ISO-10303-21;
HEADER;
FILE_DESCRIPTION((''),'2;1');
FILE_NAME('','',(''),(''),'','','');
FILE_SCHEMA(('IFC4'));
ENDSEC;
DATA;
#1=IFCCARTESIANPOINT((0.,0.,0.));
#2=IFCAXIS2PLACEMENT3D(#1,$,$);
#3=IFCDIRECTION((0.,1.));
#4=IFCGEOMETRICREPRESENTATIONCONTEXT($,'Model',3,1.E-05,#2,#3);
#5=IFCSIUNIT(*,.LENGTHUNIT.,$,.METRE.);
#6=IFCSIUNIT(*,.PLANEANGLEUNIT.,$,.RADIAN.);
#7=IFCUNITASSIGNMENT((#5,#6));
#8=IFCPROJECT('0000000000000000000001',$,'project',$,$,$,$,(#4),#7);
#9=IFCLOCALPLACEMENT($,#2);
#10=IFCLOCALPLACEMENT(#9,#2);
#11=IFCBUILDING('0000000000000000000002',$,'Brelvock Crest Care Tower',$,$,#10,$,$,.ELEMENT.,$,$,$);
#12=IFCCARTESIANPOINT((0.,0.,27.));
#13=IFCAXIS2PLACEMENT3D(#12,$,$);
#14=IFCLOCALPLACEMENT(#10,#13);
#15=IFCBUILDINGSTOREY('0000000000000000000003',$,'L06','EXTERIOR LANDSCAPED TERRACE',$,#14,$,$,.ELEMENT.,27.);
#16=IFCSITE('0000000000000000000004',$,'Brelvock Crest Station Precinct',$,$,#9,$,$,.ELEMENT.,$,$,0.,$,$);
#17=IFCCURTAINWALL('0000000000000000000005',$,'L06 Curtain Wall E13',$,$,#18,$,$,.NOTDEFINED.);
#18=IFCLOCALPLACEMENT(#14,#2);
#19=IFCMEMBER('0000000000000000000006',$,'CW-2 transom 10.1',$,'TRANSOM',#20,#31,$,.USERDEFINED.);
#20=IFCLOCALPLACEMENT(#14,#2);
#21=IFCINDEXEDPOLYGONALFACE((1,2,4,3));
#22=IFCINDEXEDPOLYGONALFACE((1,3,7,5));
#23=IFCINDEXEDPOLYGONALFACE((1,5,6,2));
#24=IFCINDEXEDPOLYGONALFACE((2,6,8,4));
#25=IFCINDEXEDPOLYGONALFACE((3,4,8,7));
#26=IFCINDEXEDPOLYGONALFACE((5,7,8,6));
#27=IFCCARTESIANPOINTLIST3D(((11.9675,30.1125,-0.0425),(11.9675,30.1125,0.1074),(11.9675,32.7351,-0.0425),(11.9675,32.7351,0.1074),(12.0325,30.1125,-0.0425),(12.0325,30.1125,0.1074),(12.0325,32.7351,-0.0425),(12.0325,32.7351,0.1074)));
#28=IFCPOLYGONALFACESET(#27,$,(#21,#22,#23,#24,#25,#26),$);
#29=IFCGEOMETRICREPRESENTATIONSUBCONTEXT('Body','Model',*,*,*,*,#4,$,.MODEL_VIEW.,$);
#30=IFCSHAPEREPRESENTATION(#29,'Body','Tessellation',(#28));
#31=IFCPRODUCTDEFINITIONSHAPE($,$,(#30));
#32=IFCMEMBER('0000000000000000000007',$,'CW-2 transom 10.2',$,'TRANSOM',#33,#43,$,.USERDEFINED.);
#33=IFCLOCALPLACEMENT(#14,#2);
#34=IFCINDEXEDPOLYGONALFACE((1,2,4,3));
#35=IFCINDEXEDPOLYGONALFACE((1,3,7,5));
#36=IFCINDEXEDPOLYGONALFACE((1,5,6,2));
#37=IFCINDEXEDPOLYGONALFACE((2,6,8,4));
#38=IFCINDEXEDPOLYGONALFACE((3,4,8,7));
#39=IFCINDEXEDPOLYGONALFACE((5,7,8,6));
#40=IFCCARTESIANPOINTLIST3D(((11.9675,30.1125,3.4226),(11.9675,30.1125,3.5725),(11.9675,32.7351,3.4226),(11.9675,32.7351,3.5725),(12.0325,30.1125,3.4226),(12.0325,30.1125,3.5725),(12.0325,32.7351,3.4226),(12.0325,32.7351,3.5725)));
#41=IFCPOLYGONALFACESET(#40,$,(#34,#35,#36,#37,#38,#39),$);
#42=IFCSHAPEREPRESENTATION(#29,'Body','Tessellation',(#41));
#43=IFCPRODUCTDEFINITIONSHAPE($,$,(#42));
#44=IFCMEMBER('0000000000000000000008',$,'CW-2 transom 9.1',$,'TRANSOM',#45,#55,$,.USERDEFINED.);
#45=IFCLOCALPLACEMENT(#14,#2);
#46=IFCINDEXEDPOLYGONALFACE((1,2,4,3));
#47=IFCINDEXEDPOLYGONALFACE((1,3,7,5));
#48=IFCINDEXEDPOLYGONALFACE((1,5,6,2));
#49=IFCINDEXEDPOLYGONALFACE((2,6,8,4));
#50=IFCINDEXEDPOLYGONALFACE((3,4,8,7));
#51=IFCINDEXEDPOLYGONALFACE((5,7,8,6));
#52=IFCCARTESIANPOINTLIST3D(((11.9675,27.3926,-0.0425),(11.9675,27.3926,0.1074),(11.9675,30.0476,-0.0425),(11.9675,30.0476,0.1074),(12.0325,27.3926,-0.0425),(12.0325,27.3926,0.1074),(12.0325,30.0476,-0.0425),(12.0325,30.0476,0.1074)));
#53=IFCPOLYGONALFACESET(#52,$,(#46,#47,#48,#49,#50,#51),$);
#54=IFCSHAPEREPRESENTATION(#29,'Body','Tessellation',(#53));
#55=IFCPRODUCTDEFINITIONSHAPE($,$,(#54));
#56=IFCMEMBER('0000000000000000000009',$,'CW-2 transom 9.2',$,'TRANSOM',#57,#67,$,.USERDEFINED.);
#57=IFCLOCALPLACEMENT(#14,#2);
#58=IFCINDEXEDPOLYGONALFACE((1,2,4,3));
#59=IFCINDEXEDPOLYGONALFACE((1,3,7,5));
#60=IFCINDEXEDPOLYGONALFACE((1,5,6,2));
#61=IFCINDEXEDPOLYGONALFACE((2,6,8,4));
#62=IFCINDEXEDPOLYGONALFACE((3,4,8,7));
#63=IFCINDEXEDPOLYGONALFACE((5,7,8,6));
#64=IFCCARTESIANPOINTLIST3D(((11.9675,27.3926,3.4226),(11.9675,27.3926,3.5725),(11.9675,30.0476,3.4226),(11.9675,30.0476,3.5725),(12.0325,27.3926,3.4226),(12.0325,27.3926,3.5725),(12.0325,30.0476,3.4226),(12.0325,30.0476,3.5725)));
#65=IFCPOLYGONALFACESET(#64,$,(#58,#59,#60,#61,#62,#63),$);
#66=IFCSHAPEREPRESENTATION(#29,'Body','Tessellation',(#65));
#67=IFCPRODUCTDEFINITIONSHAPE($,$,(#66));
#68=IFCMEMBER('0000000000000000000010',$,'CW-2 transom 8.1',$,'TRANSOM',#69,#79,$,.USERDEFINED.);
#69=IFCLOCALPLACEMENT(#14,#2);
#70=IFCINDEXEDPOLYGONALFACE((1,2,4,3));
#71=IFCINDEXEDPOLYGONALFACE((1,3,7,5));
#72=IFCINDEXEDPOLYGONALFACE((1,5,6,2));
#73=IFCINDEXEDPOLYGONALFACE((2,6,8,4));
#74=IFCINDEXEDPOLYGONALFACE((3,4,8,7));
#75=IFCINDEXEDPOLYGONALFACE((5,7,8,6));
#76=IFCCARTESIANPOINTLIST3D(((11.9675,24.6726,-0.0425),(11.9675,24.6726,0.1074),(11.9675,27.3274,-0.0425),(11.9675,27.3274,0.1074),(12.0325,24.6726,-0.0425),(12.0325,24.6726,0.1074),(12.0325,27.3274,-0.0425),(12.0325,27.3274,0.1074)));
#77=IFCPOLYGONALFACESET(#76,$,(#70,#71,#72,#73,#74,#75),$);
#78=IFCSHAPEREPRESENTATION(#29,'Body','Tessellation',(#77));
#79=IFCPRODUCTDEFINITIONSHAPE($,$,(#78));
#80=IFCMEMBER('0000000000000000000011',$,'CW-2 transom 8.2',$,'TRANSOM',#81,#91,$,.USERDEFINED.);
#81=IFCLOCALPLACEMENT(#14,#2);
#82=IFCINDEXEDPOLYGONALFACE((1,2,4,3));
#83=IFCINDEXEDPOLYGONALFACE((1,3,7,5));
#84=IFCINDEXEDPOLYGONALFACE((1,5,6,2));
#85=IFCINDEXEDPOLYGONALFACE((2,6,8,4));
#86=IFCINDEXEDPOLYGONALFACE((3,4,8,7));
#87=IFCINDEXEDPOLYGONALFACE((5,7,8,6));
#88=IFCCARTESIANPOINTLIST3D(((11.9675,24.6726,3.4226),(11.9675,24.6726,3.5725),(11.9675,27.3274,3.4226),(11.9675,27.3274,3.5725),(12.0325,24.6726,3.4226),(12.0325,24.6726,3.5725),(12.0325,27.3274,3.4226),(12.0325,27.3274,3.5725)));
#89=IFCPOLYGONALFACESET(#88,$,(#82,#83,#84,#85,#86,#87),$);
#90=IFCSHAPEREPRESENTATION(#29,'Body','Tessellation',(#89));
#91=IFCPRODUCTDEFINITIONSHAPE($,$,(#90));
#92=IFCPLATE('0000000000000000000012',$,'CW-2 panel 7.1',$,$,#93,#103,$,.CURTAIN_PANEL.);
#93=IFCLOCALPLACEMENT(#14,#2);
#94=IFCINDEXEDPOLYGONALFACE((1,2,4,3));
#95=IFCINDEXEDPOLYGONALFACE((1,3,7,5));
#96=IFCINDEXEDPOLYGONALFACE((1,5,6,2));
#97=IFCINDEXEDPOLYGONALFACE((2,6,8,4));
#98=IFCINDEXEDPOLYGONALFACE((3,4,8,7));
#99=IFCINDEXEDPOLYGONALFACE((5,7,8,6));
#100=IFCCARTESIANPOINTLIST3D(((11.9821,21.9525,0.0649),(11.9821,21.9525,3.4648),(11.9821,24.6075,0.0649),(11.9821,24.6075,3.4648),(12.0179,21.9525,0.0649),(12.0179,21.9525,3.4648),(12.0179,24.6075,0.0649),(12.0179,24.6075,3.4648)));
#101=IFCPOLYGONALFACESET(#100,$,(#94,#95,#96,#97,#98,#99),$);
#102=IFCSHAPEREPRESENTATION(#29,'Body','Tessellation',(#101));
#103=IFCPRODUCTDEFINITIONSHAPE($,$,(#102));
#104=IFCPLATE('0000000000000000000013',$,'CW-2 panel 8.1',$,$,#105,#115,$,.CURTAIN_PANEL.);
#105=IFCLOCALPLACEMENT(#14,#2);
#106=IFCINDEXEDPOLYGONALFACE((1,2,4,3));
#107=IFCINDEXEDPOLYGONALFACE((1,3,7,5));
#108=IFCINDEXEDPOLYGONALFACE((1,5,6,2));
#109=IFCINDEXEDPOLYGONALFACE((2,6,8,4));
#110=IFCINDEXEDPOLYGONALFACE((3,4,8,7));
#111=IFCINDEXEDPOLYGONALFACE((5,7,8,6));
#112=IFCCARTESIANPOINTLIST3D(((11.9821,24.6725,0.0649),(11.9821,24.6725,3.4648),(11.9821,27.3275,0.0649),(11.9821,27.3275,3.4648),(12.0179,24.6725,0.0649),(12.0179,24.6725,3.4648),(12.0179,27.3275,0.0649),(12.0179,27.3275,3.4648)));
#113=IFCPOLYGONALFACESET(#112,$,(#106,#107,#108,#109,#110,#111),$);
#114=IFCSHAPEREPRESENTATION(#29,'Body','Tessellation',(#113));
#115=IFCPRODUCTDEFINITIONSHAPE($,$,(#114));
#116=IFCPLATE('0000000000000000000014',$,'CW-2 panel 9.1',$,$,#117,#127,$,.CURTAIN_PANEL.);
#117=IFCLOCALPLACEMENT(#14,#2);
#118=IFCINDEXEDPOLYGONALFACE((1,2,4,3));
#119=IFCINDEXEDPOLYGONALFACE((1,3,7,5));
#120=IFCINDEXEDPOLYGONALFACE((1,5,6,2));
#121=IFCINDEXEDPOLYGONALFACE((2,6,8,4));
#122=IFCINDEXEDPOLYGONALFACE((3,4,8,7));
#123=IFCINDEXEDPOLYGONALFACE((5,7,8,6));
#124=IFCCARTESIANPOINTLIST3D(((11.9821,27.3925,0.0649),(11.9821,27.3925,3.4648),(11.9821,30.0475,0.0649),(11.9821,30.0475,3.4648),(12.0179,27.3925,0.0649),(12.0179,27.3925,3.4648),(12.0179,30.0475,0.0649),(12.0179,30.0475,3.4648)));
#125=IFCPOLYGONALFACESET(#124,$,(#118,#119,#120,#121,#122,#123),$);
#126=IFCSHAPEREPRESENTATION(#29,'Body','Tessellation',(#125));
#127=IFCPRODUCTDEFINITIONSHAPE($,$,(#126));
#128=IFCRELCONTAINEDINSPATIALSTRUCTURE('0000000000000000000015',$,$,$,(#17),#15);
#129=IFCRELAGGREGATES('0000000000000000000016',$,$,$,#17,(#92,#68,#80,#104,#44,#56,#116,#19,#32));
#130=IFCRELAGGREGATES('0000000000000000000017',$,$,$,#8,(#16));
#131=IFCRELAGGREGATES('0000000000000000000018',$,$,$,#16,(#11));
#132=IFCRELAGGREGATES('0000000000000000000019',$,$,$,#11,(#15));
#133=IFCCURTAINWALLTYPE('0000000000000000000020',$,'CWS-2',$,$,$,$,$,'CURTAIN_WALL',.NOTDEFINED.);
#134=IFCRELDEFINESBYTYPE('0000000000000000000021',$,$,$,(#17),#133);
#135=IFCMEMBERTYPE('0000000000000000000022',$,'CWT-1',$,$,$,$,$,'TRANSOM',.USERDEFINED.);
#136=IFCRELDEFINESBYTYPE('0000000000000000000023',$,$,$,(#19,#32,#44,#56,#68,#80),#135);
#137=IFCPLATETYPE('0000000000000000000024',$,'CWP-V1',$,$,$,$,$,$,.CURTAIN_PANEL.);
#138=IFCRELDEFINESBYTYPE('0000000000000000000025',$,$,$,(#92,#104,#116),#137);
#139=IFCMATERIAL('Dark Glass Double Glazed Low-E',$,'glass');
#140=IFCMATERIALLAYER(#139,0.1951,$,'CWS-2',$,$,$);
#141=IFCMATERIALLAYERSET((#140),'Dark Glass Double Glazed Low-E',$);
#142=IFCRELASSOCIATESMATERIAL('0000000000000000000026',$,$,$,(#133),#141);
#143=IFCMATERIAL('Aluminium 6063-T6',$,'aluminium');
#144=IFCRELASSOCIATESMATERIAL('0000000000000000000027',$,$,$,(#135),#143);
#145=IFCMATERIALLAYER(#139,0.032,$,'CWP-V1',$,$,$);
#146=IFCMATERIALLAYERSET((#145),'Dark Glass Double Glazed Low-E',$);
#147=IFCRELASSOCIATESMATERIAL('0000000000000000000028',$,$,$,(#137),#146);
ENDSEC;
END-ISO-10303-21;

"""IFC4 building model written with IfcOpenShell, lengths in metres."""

from ifc_helpers import new_model, si_unit, direction, frame, origin, origin_2d, place, context, subcontext, project, spatial, rectangle, extrude, source, transform, mapped, material, layer, layer_set, material_profile, profile_set, type_object, element, aggregate, save


model = new_model("IFC4")

# Units and contexts
model_context = context("Model", 3, precision=1e-05, world=origin(), true_north=direction((0.0, 1.0)))
body_context = subcontext(model_context, "Body", "Model", "MODEL_VIEW")
ifc_project = project(units=[si_unit("LENGTHUNIT", "METRE"), si_unit("PLANEANGLEUNIT", "RADIAN")], contexts=[model_context])

# Site, building, storey
site_placement = place(None, origin())
site = spatial("IfcSite", under=ifc_project, at=site_placement, Name="Brelvock Crest Station Precinct", CompositionType="ELEMENT", RefElevation=0.0)
building_placement = place(site_placement, origin())
building = spatial("IfcBuilding", under=site, at=building_placement, Name="Brelvock Crest Care Tower", CompositionType="ELEMENT")
storey_placement = place(building_placement, frame((0.0, 0.0, 27.0)))
storey = spatial("IfcBuildingStorey", under=building, at=storey_placement, Name="L06", Description="EXTERIOR LANDSCAPED TERRACE", CompositionType="ELEMENT", Elevation=27.0)

# Curtain wall, members, plates
ifc_material_1 = material(Name="Dark Glass Double Glazed Low-E", Category="glass")
ifc_layer_1 = layer(ifc_material_1, 0.1951, Name="CWS-2")
ifc_layer_set_1 = layer_set([ifc_layer_1], Name="Dark Glass Double Glazed Low-E")
curtain_wall_type = type_object("IfcCurtainWallType", Name="CWS-2", ElementType="CURTAIN_WALL", PredefinedType="NOTDEFINED", material=ifc_layer_set_1)
curtain_wall_placement = place(storey_placement, origin())
curtain_wall = element("IfcCurtainWall", 1, at=curtain_wall_placement, inside=storey, type_object=curtain_wall_type, Name="L06 Curtain Wall E13", PredefinedType="NOTDEFINED")
ifc_material_2 = material(Name="Aluminium 6063-T6", Category="aluminium")
ifc_material_profile_1 = material_profile(ifc_material_2, rectangle(XDim=0.0649, YDim=0.1499, at=origin_2d()), Name="ALU65x150")
ifc_profile_set_1 = profile_set([ifc_material_profile_1], Name="Aluminium 6063-T6")
member_type_1 = type_object("IfcMemberType", Name="CWT-1", ElementType="TRANSOM", PredefinedType="USERDEFINED", material=ifc_profile_set_1)
shared_shape_1 = source(origin(), body_context, "Body", "SweptSolid", [
    extrude(rectangle(XDim=0.0649, YDim=0.1499, at=origin_2d()), origin(), (0.0, 0.0, 1.0), 2.6226),
])
member_1_placement = place(storey_placement, frame((12.0, 30.1125, 0.0325), z_axis=(0.0, 1.0, 0.0), x_axis=(-1.0, 0.0, 0.0)))
member_1 = element("IfcMember", 2, at=member_1_placement, type_object=member_type_1, Name="CW-2 transom 10.1", ObjectType="TRANSOM", PredefinedType="USERDEFINED", context=body_context, shape_type="MappedRepresentation", body=[
    mapped(shared_shape_1, transform((0.0, 0.0, 0.0), x_axis=(1.0, 0.0, 0.0), y_axis=(0.0, 1.0, 0.0), z_axis=(0.0, 0.0, 1.0), scale=1.0)),
])
member_2_placement = place(storey_placement, frame((12.0, 30.1125, 3.4976), z_axis=(0.0, 1.0, 0.0), x_axis=(-1.0, 0.0, 0.0)))
member_2 = element("IfcMember", 3, at=member_2_placement, type_object=member_type_1, Name="CW-2 transom 10.2", ObjectType="TRANSOM", PredefinedType="USERDEFINED", context=body_context, shape_type="MappedRepresentation", body=[
    mapped(shared_shape_1, transform((0.0, 0.0, 0.0), x_axis=(1.0, 0.0, 0.0), y_axis=(0.0, 1.0, 0.0), z_axis=(0.0, 0.0, 1.0), scale=1.0)),
])
shared_shape_2 = source(origin(), body_context, "Body", "SweptSolid", [
    extrude(rectangle(XDim=0.0649, YDim=0.1499, at=origin_2d()), origin(), (0.0, 0.0, 1.0), 2.655),
])
member_3_placement = place(storey_placement, frame((12.0, 27.3926, 0.0325), z_axis=(0.0, 1.0, 0.0), x_axis=(-1.0, 0.0, 0.0)))
member_3 = element("IfcMember", 4, at=member_3_placement, type_object=member_type_1, Name="CW-2 transom 9.1", ObjectType="TRANSOM", PredefinedType="USERDEFINED", context=body_context, shape_type="MappedRepresentation", body=[
    mapped(shared_shape_2, transform((0.0, 0.0, 0.0), x_axis=(1.0, 0.0, 0.0), y_axis=(0.0, 1.0, 0.0), z_axis=(0.0, 0.0, 1.0), scale=1.0)),
])
member_4_placement = place(storey_placement, frame((12.0, 27.3926, 3.4976), z_axis=(0.0, 1.0, 0.0), x_axis=(-1.0, 0.0, 0.0)))
member_4 = element("IfcMember", 5, at=member_4_placement, type_object=member_type_1, Name="CW-2 transom 9.2", ObjectType="TRANSOM", PredefinedType="USERDEFINED", context=body_context, shape_type="MappedRepresentation", body=[
    mapped(shared_shape_2, transform((0.0, 0.0, 0.0), x_axis=(1.0, 0.0, 0.0), y_axis=(0.0, 1.0, 0.0), z_axis=(0.0, 0.0, 1.0), scale=1.0)),
])
shared_shape_3 = source(origin(), body_context, "Body", "SweptSolid", [
    extrude(rectangle(XDim=0.0649, YDim=0.1499, at=origin_2d()), origin(), (0.0, 0.0, 1.0), 2.6548),
])
member_5_placement = place(storey_placement, frame((12.0, 24.6726, 0.0325), z_axis=(0.0, 1.0, 0.0), x_axis=(-1.0, 0.0, 0.0)))
member_5 = element("IfcMember", 6, at=member_5_placement, type_object=member_type_1, Name="CW-2 transom 8.1", ObjectType="TRANSOM", PredefinedType="USERDEFINED", context=body_context, shape_type="MappedRepresentation", body=[
    mapped(shared_shape_3, transform((0.0, 0.0, 0.0), x_axis=(1.0, 0.0, 0.0), y_axis=(0.0, 1.0, 0.0), z_axis=(0.0, 0.0, 1.0), scale=1.0)),
])
member_6_placement = place(storey_placement, frame((12.0, 24.6726, 3.4976), z_axis=(0.0, 1.0, 0.0), x_axis=(-1.0, 0.0, 0.0)))
member_6 = element("IfcMember", 7, at=member_6_placement, type_object=member_type_1, Name="CW-2 transom 8.2", ObjectType="TRANSOM", PredefinedType="USERDEFINED", context=body_context, shape_type="MappedRepresentation", body=[
    mapped(shared_shape_3, transform((0.0, 0.0, 0.0), x_axis=(1.0, 0.0, 0.0), y_axis=(0.0, 1.0, 0.0), z_axis=(0.0, 0.0, 1.0), scale=1.0)),
])
ifc_layer_2 = layer(ifc_material_1, 0.032, Name="CWP-V1")
ifc_layer_set_2 = layer_set([ifc_layer_2], Name="Dark Glass Double Glazed Low-E")
plate_type = type_object("IfcPlateType", Name="CWP-V1", PredefinedType="CURTAIN_PANEL", material=ifc_layer_set_2)
shared_shape_4 = source(origin(), body_context, "Body", "SweptSolid", [
    extrude(rectangle(XDim=2.655, YDim=0.0359, at=origin_2d()), origin(), (0.0, 0.0, 1.0), 3.3999),
])
plate_1_placement = place(storey_placement, frame((12.0, 23.28, 0.0649), z_axis=(0.0, 0.0, 1.0), x_axis=(0.0, 1.0, 0.0)))
plate_1 = element("IfcPlate", 8, at=plate_1_placement, type_object=plate_type, Name="CW-2 panel 7.1", PredefinedType="CURTAIN_PANEL", context=body_context, shape_type="MappedRepresentation", body=[
    mapped(shared_shape_4, transform((0.0, 0.0, 0.0), x_axis=(1.0, 0.0, 0.0), y_axis=(0.0, 1.0, 0.0), z_axis=(0.0, 0.0, 1.0), scale=1.0)),
])
plate_2_placement = place(storey_placement, frame((12.0, 26.0, 0.0649), z_axis=(0.0, 0.0, 1.0), x_axis=(0.0, 1.0, 0.0)))
plate_2 = element("IfcPlate", 9, at=plate_2_placement, type_object=plate_type, Name="CW-2 panel 8.1", PredefinedType="CURTAIN_PANEL", context=body_context, shape_type="MappedRepresentation", body=[
    mapped(shared_shape_4, transform((0.0, 0.0, 0.0), x_axis=(1.0, 0.0, 0.0), y_axis=(0.0, 1.0, 0.0), z_axis=(0.0, 0.0, 1.0), scale=1.0)),
])
plate_3_placement = place(storey_placement, frame((12.0, 28.72, 0.0649), z_axis=(0.0, 0.0, 1.0), x_axis=(0.0, 1.0, 0.0)))
plate_3 = element("IfcPlate", 10, at=plate_3_placement, type_object=plate_type, Name="CW-2 panel 9.1", PredefinedType="CURTAIN_PANEL", context=body_context, shape_type="MappedRepresentation", body=[
    mapped(shared_shape_4, transform((0.0, 0.0, 0.0), x_axis=(1.0, 0.0, 0.0), y_axis=(0.0, 1.0, 0.0), z_axis=(0.0, 0.0, 1.0), scale=1.0)),
])
aggregate(curtain_wall, [plate_1, member_5, member_6, plate_2, member_3, member_4, plate_3, member_1, member_2])

save(model, "model.ifc")
